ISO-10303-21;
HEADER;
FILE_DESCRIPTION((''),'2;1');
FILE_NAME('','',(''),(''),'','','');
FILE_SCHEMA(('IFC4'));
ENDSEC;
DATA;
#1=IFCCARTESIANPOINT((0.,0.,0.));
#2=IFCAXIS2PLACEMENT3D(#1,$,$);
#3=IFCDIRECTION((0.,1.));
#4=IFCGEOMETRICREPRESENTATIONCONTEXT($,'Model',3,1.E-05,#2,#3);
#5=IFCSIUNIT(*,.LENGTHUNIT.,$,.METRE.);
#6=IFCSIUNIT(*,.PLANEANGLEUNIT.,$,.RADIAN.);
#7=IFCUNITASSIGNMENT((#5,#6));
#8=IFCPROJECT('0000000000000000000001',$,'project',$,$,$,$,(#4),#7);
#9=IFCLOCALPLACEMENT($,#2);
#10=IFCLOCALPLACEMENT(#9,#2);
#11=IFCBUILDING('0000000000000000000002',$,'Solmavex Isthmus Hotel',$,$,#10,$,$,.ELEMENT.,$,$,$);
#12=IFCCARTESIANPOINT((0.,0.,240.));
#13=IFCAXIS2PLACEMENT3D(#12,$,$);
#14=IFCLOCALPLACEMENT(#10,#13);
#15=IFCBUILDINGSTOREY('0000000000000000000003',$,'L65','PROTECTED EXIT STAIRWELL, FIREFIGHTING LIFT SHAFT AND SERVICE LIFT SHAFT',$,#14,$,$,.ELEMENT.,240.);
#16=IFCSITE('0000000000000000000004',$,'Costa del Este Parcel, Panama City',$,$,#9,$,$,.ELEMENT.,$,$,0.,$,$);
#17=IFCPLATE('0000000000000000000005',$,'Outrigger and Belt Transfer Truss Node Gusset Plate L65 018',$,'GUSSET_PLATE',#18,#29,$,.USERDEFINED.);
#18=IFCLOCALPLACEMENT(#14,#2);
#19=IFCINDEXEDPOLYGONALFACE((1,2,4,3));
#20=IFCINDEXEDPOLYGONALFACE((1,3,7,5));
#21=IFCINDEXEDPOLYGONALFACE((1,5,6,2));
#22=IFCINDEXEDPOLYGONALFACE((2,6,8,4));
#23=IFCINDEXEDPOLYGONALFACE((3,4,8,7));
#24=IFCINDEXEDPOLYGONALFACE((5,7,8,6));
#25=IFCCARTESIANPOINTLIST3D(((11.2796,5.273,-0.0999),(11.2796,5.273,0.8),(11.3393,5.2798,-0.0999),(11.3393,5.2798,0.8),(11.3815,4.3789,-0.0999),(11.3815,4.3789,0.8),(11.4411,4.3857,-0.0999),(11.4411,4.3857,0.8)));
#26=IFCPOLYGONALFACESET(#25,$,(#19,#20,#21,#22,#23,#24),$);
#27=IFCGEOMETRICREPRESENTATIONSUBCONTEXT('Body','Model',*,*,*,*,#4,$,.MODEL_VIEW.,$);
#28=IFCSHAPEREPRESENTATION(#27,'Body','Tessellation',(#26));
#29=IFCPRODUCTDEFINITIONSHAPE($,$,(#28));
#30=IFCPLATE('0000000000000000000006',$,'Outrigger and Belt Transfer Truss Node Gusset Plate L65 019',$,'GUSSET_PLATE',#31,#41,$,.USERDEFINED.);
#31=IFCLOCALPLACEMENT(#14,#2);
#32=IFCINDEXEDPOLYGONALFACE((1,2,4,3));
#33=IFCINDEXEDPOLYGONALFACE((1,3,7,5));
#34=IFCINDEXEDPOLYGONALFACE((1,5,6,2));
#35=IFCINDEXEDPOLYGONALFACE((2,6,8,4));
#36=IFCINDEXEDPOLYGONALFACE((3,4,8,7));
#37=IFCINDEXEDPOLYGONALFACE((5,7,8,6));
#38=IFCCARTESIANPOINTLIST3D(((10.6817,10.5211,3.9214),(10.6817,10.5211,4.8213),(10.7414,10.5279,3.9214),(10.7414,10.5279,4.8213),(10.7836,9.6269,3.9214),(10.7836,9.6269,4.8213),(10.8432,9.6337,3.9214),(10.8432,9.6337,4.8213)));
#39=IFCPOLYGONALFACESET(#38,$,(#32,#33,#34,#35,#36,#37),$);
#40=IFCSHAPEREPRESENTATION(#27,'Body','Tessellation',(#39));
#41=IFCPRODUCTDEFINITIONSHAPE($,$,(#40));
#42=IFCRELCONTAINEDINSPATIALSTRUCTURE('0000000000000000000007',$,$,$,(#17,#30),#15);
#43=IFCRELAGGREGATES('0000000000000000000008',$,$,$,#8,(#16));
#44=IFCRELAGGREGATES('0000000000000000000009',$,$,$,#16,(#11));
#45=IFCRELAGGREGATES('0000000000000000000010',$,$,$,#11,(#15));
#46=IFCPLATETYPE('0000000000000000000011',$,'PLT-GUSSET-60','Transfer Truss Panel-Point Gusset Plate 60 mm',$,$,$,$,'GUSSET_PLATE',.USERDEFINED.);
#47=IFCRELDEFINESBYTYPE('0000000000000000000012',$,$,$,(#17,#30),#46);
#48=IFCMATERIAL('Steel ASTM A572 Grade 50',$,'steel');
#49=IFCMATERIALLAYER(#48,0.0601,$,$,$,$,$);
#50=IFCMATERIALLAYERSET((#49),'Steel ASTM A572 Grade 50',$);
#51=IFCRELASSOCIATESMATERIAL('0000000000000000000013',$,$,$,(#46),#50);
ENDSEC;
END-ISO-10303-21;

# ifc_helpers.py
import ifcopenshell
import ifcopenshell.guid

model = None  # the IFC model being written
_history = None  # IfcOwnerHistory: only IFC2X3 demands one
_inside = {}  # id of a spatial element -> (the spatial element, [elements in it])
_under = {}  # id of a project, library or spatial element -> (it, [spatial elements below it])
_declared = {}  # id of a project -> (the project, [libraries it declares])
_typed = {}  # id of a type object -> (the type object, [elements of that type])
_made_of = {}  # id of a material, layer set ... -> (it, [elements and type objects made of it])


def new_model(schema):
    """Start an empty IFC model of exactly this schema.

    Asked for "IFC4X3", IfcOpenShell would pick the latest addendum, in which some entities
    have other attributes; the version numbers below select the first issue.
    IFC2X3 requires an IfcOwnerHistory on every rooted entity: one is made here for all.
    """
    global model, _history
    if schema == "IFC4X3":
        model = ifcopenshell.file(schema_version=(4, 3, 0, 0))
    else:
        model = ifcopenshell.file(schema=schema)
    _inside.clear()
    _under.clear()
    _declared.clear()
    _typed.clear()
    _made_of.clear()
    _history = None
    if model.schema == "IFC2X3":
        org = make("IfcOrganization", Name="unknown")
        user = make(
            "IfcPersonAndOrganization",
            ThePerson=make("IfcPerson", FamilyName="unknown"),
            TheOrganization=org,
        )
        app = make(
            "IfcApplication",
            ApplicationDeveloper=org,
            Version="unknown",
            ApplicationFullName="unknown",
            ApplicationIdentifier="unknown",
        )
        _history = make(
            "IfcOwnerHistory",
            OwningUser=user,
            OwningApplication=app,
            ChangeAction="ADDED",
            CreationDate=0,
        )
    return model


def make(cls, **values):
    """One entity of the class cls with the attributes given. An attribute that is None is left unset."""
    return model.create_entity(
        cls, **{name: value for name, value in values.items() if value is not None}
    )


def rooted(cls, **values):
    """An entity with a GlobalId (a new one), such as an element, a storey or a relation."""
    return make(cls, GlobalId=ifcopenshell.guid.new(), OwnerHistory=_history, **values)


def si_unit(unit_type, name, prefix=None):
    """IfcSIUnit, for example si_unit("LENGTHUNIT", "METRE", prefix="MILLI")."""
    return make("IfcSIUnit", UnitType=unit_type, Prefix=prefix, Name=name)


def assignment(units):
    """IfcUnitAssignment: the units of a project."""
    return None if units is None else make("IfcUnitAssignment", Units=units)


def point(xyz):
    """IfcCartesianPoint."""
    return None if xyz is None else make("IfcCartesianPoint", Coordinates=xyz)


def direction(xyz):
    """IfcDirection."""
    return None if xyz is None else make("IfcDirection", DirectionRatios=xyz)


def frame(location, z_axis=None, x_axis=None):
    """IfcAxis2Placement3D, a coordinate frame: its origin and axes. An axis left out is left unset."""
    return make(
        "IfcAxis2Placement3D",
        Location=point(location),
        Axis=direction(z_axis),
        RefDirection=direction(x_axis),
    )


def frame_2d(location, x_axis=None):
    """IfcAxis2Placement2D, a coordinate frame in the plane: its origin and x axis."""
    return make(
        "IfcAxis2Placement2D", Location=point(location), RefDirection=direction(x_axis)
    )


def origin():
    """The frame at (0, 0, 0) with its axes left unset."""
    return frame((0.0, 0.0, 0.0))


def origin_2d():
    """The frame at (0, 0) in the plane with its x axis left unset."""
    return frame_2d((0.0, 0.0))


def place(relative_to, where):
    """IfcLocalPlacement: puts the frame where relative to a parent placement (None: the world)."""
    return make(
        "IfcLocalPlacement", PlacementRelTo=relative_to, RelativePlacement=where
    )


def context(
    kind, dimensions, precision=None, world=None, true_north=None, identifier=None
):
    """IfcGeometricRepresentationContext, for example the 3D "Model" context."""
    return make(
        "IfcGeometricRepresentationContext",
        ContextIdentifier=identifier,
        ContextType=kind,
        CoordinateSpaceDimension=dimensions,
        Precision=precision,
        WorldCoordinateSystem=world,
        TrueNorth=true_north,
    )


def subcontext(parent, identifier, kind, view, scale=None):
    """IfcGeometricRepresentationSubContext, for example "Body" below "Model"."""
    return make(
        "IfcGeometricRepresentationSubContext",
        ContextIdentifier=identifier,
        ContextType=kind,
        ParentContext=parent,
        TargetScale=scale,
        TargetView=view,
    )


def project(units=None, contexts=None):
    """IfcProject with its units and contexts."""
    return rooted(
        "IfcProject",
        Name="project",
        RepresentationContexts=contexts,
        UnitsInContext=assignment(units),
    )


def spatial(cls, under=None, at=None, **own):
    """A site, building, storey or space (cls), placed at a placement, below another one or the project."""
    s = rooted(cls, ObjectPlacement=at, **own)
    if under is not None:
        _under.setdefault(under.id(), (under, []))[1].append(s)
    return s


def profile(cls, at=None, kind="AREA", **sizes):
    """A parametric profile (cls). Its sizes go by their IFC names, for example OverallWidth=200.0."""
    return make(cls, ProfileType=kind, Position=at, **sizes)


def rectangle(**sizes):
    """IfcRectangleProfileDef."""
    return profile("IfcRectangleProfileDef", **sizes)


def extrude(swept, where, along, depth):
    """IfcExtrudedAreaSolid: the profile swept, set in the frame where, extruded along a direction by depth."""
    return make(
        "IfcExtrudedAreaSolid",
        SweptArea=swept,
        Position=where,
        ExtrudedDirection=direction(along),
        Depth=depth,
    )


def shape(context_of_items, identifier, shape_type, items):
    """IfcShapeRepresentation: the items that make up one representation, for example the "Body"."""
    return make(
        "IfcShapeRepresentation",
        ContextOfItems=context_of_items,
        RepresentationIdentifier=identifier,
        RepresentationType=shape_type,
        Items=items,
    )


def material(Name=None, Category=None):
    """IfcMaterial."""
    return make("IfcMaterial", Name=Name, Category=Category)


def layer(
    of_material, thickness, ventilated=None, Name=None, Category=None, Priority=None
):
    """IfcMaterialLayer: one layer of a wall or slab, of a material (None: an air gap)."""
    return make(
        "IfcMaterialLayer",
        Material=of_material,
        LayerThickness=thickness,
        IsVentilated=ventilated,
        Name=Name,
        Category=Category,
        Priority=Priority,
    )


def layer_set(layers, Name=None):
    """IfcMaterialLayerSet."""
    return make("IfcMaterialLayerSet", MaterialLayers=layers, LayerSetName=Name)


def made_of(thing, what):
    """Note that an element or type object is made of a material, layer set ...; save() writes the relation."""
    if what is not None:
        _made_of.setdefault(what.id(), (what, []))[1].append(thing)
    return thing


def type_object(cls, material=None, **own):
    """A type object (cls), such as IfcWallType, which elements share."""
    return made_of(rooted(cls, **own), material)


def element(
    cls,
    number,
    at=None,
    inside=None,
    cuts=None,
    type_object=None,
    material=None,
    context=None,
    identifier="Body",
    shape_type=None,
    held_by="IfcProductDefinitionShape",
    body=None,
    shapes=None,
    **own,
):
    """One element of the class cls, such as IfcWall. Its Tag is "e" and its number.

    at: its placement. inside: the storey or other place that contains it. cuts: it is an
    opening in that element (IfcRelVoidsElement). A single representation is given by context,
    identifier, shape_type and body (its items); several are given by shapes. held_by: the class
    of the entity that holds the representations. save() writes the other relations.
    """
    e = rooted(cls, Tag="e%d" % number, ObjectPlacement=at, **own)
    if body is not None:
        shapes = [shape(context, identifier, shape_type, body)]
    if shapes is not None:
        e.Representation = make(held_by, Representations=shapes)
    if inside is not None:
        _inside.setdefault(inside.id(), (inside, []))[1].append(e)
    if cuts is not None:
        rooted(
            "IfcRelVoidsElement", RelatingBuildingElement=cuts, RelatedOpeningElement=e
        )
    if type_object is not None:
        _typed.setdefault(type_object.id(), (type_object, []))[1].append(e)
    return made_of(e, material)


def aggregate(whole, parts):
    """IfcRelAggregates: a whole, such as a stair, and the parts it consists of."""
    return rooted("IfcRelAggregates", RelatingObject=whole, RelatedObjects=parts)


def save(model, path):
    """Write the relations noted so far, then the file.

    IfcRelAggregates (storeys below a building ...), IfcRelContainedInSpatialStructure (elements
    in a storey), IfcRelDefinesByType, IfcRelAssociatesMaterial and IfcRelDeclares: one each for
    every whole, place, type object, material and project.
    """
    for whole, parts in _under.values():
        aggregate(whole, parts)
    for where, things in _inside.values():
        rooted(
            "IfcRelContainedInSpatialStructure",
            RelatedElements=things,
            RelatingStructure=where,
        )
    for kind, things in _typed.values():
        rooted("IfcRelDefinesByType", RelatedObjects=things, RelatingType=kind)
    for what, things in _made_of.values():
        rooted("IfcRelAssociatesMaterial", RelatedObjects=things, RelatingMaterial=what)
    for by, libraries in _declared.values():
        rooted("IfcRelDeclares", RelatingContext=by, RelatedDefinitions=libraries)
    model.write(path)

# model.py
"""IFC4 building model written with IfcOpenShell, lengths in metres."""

from ifc_helpers import new_model, si_unit, direction, frame, origin, origin_2d, place, context, subcontext, project, spatial, rectangle, extrude, material, layer, layer_set, type_object, element, save


model = new_model("IFC4")

# Units and contexts
model_context = context("Model", 3, precision=1e-05, world=origin(), true_north=direction((0.0, 1.0)))
body_context = subcontext(model_context, "Body", "Model", "MODEL_VIEW")
ifc_project = project(units=[si_unit("LENGTHUNIT", "METRE"), si_unit("PLANEANGLEUNIT", "RADIAN")], contexts=[model_context])

# Site, building, storey
site_placement = place(None, origin())
site = spatial("IfcSite", under=ifc_project, at=site_placement, Name="Costa del Este Parcel, Panama City", CompositionType="ELEMENT", RefElevation=0.0)
building_placement = place(site_placement, origin())
building = spatial("IfcBuilding", under=site, at=building_placement, Name="Solmavex Isthmus Hotel", CompositionType="ELEMENT")
storey_placement = place(building_placement, frame((0.0, 0.0, 240.0)))
storey = spatial("IfcBuildingStorey", under=building, at=storey_placement, Name="L65", Description="PROTECTED EXIT STAIRWELL, FIREFIGHTING LIFT SHAFT AND SERVICE LIFT SHAFT", CompositionType="ELEMENT", Elevation=240.0)

# Plates
ifc_material_1 = material(Name="Steel ASTM A572 Grade 50", Category="steel")
ifc_layer = layer(ifc_material_1, 0.0601)
ifc_layer_set = layer_set([ifc_layer], Name="Steel ASTM A572 Grade 50")
plate_type = type_object("IfcPlateType", Name="PLT-GUSSET-60", Description="Transfer Truss Panel-Point Gusset Plate 60 mm", ElementType="GUSSET_PLATE", PredefinedType="USERDEFINED", material=ifc_layer_set)
for number, where, z_axis, x_axis, name in (
    (1, (11.3604, 4.8293, -0.0999), (0.0, 0.0, 1.0), (-0.113203, 0.993572, 0.0), "Outrigger and Belt Transfer Truss Node Gusset Plate L65 018"),
    (2, (10.7625, 10.0774, 3.9214), (0.0, 0.0, 1.0), (-0.113203, 0.993572, 0.0), "Outrigger and Belt Transfer Truss Node Gusset Plate L65 019"),
):
    element("IfcPlate", number, at=place(storey_placement, frame(where, z_axis=z_axis, x_axis=x_axis)), inside=storey, type_object=plate_type, Name=name, ObjectType="GUSSET_PLATE", PredefinedType="USERDEFINED", context=body_context, shape_type="SweptSolid", body=[
        extrude(rectangle(XDim=0.8999, YDim=0.0601, at=origin_2d()), origin(), (0.0, 0.0, 1.0), 0.8999),
    ])

save(model, "model.ifc")
